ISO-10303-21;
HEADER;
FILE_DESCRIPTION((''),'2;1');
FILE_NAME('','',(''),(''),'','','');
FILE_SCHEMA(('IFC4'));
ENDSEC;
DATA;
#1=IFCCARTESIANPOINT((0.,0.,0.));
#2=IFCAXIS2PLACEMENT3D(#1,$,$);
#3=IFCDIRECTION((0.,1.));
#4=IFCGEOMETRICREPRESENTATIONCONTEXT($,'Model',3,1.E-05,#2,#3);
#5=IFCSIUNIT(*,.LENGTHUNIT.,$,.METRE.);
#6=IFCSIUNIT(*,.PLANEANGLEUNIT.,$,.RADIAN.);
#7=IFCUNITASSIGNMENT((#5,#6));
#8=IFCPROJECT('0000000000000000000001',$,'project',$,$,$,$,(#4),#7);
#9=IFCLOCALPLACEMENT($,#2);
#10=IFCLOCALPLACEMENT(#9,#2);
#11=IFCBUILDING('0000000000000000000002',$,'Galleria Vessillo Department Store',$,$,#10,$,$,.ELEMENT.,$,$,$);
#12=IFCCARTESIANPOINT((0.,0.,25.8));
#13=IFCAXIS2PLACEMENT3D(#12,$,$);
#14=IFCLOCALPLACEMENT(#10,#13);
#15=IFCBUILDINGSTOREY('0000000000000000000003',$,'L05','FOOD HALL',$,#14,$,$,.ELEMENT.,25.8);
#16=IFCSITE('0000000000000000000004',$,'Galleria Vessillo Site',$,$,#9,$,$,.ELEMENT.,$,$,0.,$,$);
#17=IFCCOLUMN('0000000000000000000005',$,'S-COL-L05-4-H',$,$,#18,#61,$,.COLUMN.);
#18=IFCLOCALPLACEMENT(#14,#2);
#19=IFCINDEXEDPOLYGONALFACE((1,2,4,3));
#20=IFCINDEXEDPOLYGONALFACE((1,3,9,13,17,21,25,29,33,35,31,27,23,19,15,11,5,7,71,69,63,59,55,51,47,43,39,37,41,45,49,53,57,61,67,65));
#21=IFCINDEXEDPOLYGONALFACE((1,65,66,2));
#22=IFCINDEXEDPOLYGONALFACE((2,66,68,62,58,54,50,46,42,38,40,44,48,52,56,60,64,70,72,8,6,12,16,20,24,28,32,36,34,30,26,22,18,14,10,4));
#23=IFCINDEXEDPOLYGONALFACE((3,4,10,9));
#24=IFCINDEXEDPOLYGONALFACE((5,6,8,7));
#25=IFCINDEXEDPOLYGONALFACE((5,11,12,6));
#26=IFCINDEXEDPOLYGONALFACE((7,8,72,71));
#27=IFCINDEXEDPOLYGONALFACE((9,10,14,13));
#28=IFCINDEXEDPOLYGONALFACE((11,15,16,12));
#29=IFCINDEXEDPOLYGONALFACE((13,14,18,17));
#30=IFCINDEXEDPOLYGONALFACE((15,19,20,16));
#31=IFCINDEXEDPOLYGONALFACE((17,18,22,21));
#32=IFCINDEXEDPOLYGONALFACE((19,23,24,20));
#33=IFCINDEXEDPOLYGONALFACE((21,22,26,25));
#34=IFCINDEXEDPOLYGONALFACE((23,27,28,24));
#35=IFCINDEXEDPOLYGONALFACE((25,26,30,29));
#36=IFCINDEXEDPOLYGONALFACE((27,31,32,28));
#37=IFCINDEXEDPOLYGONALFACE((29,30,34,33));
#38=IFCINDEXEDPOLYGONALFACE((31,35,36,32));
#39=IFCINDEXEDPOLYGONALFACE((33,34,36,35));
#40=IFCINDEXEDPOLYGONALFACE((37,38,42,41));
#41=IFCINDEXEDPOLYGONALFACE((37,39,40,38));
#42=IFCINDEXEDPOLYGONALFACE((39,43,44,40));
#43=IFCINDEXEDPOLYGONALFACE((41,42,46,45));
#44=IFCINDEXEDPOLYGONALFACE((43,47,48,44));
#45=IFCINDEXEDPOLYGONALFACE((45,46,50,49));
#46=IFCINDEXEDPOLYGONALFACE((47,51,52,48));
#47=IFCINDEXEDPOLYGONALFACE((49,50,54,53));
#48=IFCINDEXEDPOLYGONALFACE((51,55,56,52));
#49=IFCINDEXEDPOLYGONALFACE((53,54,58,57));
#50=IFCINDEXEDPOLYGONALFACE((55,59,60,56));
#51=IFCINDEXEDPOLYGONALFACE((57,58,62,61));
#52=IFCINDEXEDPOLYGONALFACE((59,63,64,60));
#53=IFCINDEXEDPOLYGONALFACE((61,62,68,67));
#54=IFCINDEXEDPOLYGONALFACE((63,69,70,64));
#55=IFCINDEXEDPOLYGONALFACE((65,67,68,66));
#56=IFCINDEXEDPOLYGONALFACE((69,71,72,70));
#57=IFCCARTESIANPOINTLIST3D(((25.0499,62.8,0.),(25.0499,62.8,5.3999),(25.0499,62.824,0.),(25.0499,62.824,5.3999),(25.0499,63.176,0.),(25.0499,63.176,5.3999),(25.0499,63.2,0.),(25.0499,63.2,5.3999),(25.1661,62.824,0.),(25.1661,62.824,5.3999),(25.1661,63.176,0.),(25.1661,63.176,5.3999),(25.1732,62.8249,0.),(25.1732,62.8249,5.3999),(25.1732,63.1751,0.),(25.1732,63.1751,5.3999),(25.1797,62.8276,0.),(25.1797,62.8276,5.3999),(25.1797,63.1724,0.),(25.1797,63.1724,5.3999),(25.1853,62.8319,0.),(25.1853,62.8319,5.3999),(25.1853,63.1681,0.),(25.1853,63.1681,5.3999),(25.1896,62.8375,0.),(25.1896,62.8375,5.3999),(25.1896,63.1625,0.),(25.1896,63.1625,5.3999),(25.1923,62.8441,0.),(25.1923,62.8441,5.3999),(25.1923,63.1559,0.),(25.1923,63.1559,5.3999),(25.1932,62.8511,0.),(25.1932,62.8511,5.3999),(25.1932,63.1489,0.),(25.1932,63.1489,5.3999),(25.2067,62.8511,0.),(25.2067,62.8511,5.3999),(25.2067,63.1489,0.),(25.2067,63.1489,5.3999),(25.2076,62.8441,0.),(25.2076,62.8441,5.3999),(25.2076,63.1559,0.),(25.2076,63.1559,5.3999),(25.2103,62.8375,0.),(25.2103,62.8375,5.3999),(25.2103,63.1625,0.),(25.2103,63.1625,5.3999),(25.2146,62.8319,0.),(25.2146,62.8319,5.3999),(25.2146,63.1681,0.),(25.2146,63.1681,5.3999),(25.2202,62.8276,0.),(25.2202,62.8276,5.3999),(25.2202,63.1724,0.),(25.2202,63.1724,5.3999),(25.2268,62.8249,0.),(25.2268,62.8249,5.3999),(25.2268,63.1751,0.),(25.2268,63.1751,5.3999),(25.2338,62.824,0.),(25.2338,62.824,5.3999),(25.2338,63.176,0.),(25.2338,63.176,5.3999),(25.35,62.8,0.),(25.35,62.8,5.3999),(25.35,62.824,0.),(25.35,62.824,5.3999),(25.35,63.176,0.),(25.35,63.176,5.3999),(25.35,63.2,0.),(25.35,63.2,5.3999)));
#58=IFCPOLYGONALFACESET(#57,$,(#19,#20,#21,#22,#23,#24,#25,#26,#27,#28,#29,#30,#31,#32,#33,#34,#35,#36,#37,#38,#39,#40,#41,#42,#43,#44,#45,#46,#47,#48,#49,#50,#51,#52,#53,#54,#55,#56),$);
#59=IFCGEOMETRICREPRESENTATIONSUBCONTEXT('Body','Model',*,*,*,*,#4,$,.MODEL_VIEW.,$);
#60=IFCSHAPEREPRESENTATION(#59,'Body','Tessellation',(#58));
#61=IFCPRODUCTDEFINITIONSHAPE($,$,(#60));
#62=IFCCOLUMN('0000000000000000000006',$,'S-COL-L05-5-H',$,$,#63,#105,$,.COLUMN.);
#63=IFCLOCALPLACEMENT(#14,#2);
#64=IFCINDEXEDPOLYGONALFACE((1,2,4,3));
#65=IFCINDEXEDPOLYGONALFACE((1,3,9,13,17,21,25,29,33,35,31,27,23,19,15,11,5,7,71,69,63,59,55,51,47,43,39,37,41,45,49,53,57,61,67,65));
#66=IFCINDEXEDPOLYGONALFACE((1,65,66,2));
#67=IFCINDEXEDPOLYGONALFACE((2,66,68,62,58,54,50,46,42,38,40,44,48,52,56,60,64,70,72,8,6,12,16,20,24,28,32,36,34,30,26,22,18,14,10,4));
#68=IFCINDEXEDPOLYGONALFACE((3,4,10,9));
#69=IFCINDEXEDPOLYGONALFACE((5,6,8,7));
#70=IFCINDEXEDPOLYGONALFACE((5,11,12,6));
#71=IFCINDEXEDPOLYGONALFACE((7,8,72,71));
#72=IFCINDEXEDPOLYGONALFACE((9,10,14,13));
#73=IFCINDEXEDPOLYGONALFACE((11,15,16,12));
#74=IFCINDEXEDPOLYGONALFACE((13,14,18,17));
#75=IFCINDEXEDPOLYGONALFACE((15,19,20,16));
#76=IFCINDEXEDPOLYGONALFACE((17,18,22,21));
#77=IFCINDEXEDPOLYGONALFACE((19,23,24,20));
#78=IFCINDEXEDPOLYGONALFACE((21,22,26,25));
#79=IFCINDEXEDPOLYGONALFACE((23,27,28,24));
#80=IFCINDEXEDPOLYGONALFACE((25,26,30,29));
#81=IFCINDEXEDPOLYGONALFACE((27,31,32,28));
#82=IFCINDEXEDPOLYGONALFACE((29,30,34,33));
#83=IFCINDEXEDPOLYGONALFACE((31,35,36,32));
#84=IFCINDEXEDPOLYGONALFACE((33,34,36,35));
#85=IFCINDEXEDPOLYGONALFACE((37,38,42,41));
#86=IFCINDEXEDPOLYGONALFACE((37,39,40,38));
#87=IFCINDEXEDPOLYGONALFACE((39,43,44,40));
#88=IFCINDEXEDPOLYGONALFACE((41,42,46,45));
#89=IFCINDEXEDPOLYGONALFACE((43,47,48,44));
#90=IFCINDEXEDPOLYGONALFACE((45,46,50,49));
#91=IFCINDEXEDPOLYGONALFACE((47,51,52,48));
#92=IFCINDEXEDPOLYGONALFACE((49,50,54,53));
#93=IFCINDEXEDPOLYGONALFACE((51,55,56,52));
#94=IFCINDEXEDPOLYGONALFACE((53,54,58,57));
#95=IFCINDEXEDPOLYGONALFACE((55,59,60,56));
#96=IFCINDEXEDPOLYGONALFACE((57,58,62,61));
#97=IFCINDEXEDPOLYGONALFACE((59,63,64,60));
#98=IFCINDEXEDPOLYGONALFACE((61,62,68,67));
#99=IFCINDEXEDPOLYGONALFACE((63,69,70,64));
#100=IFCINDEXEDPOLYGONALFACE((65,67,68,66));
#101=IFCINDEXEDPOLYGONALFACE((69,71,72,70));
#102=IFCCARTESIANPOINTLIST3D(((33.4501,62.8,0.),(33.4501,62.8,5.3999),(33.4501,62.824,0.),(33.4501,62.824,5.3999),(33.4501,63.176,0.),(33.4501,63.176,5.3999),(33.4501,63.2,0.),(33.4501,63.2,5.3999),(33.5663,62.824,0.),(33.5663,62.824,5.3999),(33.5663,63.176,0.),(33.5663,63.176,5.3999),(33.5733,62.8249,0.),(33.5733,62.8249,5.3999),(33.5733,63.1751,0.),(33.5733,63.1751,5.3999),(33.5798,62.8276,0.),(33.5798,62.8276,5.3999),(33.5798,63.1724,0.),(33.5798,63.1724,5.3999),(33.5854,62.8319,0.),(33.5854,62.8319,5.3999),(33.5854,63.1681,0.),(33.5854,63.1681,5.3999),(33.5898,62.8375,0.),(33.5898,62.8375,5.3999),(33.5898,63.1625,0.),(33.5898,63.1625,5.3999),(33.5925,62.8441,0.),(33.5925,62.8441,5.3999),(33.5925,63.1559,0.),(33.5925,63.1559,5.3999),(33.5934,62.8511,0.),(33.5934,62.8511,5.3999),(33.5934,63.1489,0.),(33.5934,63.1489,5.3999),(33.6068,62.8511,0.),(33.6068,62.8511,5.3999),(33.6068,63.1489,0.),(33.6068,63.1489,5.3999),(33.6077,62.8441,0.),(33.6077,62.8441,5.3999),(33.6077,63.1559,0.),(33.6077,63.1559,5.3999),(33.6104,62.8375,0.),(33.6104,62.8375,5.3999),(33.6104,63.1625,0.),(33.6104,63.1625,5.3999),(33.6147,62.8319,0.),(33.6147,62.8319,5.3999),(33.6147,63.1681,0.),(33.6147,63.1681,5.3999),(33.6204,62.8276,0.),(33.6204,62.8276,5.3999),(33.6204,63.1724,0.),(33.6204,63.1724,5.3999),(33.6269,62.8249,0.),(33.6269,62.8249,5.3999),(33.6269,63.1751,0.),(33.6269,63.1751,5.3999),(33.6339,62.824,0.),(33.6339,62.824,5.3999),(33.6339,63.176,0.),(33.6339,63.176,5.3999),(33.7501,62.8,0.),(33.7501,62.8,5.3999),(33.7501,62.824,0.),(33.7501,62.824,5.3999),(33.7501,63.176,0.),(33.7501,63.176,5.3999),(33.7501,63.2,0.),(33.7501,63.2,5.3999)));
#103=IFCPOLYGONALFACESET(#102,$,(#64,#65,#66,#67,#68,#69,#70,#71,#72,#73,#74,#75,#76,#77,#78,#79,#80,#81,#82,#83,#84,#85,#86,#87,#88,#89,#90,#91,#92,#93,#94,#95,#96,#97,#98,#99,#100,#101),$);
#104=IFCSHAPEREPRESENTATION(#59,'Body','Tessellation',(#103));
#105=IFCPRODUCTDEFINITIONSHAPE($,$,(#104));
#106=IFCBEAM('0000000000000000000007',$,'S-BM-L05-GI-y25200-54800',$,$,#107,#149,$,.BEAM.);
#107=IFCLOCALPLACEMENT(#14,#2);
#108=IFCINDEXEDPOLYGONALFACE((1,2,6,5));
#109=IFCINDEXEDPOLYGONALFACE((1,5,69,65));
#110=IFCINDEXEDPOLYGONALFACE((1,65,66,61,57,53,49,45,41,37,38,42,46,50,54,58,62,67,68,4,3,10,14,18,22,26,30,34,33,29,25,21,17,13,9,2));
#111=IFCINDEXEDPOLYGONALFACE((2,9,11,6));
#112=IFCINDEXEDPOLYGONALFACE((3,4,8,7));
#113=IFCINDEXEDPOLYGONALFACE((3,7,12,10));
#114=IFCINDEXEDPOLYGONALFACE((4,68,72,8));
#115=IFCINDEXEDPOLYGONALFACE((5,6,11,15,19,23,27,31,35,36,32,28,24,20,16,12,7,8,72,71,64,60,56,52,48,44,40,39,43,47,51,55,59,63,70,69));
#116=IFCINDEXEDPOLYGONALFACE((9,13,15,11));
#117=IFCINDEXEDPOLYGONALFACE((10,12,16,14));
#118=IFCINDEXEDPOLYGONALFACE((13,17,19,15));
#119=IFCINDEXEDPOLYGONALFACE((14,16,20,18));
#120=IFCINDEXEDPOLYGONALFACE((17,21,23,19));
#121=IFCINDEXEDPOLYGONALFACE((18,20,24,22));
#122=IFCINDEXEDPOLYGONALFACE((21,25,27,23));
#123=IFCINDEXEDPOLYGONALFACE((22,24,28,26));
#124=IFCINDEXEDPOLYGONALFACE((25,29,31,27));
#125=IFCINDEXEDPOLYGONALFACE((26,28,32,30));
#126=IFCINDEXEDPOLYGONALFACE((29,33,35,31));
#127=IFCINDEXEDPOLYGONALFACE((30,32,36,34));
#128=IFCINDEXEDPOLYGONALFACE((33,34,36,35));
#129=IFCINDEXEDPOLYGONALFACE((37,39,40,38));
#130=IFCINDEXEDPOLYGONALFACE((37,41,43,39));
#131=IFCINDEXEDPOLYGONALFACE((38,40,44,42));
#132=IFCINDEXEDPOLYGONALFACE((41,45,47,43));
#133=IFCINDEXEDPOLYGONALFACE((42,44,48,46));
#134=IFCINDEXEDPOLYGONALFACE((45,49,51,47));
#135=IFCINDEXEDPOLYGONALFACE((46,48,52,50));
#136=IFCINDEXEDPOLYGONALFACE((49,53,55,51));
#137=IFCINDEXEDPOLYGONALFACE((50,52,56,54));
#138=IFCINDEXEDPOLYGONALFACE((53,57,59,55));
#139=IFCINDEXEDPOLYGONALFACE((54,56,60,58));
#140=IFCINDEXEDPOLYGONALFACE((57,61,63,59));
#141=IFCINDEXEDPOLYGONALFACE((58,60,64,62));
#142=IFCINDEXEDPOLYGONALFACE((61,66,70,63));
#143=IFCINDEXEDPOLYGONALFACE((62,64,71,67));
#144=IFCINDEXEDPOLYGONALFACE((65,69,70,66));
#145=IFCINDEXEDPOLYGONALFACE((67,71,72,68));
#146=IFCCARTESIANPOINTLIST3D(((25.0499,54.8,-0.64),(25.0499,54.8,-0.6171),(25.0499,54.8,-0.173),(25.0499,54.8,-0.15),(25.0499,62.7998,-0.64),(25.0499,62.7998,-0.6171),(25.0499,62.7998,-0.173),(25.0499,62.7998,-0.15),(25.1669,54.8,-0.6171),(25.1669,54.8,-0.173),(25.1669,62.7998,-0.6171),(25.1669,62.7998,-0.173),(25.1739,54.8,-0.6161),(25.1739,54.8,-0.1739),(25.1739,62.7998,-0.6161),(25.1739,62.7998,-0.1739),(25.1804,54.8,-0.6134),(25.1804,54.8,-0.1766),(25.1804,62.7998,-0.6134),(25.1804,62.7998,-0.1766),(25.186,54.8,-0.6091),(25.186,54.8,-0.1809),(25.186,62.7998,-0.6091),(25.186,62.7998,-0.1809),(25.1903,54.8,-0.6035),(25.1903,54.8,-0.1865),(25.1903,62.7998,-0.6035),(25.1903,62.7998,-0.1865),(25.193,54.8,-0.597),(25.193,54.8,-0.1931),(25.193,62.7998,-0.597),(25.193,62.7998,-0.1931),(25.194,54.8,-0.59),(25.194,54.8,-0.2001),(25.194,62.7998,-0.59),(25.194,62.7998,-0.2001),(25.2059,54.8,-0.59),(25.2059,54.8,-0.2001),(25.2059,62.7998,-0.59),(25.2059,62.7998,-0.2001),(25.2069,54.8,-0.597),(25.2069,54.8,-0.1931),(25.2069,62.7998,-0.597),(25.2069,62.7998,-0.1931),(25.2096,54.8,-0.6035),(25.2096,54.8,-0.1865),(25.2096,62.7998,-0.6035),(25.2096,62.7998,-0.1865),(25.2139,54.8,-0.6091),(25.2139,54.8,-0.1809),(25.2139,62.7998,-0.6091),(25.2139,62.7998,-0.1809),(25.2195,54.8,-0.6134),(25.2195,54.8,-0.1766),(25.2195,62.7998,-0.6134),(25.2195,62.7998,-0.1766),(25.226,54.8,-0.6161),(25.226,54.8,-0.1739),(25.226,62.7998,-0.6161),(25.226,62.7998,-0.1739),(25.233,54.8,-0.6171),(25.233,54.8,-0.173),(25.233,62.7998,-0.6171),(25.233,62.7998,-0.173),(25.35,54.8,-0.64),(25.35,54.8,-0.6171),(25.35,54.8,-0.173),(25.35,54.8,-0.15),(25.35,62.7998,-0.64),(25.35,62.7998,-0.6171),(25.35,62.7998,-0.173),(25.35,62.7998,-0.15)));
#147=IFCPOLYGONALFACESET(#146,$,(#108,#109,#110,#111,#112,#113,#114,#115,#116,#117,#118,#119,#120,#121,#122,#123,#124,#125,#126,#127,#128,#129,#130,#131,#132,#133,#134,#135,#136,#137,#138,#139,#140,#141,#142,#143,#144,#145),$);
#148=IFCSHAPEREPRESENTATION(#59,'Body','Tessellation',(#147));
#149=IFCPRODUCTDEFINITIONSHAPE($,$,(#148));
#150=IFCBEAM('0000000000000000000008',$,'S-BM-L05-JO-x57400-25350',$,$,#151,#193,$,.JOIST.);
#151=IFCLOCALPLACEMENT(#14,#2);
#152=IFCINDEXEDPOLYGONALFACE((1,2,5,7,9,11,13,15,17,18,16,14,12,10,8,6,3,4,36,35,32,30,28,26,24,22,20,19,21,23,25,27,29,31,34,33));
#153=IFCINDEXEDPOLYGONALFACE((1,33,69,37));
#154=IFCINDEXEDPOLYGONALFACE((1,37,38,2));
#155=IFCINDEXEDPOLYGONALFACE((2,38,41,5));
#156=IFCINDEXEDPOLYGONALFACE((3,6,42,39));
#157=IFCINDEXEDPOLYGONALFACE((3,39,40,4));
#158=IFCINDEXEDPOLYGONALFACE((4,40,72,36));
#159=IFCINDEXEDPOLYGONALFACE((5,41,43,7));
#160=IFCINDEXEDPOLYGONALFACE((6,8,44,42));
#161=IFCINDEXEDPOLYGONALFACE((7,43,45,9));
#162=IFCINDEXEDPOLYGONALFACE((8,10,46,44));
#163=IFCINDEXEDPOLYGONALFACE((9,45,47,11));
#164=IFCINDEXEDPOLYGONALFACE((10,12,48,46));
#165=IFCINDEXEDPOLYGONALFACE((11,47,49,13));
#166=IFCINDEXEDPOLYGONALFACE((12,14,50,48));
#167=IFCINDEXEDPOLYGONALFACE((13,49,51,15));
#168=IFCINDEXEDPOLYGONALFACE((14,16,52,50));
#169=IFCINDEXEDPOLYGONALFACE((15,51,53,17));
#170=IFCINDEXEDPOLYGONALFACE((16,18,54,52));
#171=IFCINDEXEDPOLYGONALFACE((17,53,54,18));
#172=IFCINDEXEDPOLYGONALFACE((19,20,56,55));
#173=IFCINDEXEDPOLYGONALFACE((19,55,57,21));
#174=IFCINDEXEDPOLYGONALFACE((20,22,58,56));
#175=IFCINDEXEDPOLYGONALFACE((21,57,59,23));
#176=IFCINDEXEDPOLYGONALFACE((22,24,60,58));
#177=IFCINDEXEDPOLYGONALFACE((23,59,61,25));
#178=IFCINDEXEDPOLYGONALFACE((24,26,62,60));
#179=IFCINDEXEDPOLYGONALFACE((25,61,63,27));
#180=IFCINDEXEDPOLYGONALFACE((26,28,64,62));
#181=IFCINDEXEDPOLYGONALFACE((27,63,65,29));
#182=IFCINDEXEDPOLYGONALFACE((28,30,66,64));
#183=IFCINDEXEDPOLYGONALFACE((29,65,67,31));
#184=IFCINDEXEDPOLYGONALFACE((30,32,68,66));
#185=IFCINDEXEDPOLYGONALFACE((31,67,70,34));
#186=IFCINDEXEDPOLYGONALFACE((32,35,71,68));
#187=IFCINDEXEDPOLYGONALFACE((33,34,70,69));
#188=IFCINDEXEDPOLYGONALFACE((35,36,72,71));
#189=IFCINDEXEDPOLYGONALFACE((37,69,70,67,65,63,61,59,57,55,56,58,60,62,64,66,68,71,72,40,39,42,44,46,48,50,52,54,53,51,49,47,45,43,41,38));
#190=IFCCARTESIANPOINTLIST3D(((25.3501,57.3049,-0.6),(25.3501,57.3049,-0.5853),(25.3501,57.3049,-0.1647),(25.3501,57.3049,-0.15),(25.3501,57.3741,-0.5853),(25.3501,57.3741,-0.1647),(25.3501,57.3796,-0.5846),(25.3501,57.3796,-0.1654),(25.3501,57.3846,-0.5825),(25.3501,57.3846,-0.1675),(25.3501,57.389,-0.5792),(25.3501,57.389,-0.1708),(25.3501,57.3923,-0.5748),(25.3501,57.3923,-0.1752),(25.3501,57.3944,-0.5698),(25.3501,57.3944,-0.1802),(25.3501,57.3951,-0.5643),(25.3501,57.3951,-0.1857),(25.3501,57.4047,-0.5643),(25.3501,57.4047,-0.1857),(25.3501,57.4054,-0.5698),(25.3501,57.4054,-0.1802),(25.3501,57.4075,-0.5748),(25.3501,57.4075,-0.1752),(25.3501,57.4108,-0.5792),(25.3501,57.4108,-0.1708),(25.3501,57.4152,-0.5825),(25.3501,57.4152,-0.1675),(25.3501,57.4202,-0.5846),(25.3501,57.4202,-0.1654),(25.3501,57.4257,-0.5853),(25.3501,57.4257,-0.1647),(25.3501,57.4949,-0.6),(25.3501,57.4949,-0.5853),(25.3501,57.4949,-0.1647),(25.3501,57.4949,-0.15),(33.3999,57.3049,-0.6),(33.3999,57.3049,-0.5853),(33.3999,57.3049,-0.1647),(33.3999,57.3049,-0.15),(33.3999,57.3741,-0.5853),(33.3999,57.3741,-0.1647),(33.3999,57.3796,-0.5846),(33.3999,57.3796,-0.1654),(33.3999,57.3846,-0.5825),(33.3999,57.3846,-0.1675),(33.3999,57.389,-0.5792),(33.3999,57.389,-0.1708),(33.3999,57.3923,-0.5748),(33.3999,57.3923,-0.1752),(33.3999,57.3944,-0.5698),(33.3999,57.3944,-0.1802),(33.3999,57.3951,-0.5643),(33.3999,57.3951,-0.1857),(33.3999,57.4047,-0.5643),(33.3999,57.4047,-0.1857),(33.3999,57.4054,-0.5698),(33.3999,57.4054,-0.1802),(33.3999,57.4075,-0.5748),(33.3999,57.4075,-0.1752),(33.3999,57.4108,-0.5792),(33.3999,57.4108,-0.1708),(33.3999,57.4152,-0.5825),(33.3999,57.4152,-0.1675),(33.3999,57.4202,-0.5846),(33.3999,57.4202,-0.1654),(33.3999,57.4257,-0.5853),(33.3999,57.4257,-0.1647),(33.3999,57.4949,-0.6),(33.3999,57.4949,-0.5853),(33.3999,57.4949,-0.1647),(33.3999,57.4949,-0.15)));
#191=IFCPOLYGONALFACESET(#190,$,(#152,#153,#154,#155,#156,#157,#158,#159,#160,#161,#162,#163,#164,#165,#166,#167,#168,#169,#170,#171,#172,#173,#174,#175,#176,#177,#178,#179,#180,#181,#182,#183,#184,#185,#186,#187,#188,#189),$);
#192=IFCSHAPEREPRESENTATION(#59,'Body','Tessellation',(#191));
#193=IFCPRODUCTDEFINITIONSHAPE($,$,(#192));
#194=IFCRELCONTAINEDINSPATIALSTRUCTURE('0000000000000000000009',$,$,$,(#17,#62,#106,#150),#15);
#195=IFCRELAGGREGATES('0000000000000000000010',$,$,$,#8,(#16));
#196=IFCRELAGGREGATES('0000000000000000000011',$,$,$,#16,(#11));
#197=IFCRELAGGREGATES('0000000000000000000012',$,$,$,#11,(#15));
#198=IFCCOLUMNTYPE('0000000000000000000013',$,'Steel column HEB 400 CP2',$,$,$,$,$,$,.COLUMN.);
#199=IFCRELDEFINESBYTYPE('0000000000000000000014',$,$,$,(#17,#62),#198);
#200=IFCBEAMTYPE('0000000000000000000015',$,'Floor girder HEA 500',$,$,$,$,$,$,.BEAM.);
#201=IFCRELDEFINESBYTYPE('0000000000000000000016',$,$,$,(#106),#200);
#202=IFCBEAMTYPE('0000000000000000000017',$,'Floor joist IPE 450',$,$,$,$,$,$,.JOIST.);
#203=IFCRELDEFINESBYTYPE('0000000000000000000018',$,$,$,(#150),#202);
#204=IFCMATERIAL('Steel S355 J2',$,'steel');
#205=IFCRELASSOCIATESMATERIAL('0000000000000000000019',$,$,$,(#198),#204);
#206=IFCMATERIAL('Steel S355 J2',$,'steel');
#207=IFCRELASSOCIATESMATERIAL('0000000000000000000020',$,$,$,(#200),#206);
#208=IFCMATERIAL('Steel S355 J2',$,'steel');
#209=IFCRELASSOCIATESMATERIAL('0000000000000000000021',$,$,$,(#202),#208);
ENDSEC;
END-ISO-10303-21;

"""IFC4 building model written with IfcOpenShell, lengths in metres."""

from ifc_helpers import new_model, si_unit, direction, frame, origin, origin_2d, place, context, subcontext, project, spatial, i_section, extrude, material, material_profile, profile_set, type_object, element, save


model = new_model("IFC4")

# Units and contexts
model_context = context("Model", 3, precision=1e-05, world=origin(), true_north=direction((0.0, 1.0)))
body_context = subcontext(model_context, "Body", "Model", "MODEL_VIEW")
ifc_project = project(units=[si_unit("LENGTHUNIT", "METRE"), si_unit("PLANEANGLEUNIT", "RADIAN")], contexts=[model_context])

# Site, building, storey
site_placement = place(None, origin())
site = spatial("IfcSite", under=ifc_project, at=site_placement, Name="Galleria Vessillo Site", CompositionType="ELEMENT", RefElevation=0.0)
building_placement = place(site_placement, origin())
building = spatial("IfcBuilding", under=site, at=building_placement, Name="Galleria Vessillo Department Store", CompositionType="ELEMENT")
storey_placement = place(building_placement, frame((0.0, 0.0, 25.8)))
storey = spatial("IfcBuildingStorey", under=building, at=storey_placement, Name="L05", Description="FOOD HALL", CompositionType="ELEMENT", Elevation=25.8)

# Columns
ifc_material_1 = material(Name="Steel S355 J2", Category="steel")
ifc_material_profile_1 = material_profile(ifc_material_1, i_section(OverallWidth=0.3, OverallDepth=0.3999, WebThickness=0.0134, FlangeThickness=0.0239, FilletRadius=0.0271, at=origin_2d()), Name="HEB 400")
ifc_profile_set_1 = profile_set([ifc_material_profile_1], Name="Steel S355 J2")
column_type = type_object("IfcColumnType", Name="Steel column HEB 400 CP2", PredefinedType="COLUMN", material=ifc_profile_set_1)
for number, where, z_axis, x_axis, name in (
    (1, (25.2, 63.0, 0.0), (0.0, 0.0, 1.0), (1.0, 0.0, 0.0), "S-COL-L05-4-H"),
    (2, (33.6001, 63.0, 0.0), (0.0, 0.0, 1.0), (1.0, 0.0, 0.0), "S-COL-L05-5-H"),
):
    element("IfcColumn", number, at=place(storey_placement, frame(where, z_axis=z_axis, x_axis=x_axis)), inside=storey, type_object=column_type, Name=name, PredefinedType="COLUMN", context=body_context, shape_type="SweptSolid", body=[
        extrude(i_section(OverallWidth=0.3, OverallDepth=0.3999, WebThickness=0.0134, FlangeThickness=0.0239, FilletRadius=0.0271, at=origin_2d()), origin(), (0.0, 0.0, 1.0), 5.3999),
    ])

# Beams
ifc_material_2 = material(Name="Steel S355 J2", Category="steel")
ifc_material_profile_2 = material_profile(ifc_material_2, i_section(OverallWidth=0.3, OverallDepth=0.49, WebThickness=0.012, FlangeThickness=0.0229, FilletRadius=0.0271, at=origin_2d()), Name="HEA 500")
ifc_profile_set_2 = profile_set([ifc_material_profile_2], Name="Steel S355 J2")
beam_type_1 = type_object("IfcBeamType", Name="Floor girder HEA 500", PredefinedType="BEAM", material=ifc_profile_set_2)
beam_placement = place(storey_placement, frame((25.2, 54.8, -0.395), z_axis=(0.0, 1.0, 0.0), x_axis=(-1.0, 0.0, 0.0)))
element("IfcBeam", 3, at=beam_placement, inside=storey, type_object=beam_type_1, Name="S-BM-L05-GI-y25200-54800", PredefinedType="BEAM", context=body_context, shape_type="SweptSolid", body=[
    extrude(i_section(OverallWidth=0.3, OverallDepth=0.49, WebThickness=0.012, FlangeThickness=0.0229, FilletRadius=0.0271, at=origin_2d()), origin(), (0.0, 0.0, 1.0), 7.9998),
])
ifc_material_3 = material(Name="Steel S355 J2", Category="steel")
ifc_material_profile_3 = material_profile(ifc_material_3, i_section(OverallWidth=0.1899, OverallDepth=0.45, WebThickness=0.0095, FlangeThickness=0.0146, FilletRadius=0.021, at=origin_2d()), Name="IPE 450")
ifc_profile_set_3 = profile_set([ifc_material_profile_3], Name="Steel S355 J2")
beam_type_2 = type_object("IfcBeamType", Name="Floor joist IPE 450", PredefinedType="JOIST", material=ifc_profile_set_3)
for number, where, z_axis, x_axis, name in (
    (4, (25.3501, 57.3999, -0.375), (1.0, 0.0, 0.0), (0.0, 1.0, 0.0), "S-BM-L05-JO-x57400-25350"),
):
    element("IfcBeam", number, at=place(storey_placement, frame(where, z_axis=z_axis, x_axis=x_axis)), inside=storey, type_object=beam_type_2, Name=name, PredefinedType="JOIST", context=body_context, shape_type="SweptSolid", body=[
        extrude(i_section(OverallWidth=0.1899, OverallDepth=0.45, WebThickness=0.0095, FlangeThickness=0.0146, FilletRadius=0.021, at=origin_2d()), origin(), (0.0, 0.0, 1.0), 8.0498),
    ])

save(model, "model.ifc")
